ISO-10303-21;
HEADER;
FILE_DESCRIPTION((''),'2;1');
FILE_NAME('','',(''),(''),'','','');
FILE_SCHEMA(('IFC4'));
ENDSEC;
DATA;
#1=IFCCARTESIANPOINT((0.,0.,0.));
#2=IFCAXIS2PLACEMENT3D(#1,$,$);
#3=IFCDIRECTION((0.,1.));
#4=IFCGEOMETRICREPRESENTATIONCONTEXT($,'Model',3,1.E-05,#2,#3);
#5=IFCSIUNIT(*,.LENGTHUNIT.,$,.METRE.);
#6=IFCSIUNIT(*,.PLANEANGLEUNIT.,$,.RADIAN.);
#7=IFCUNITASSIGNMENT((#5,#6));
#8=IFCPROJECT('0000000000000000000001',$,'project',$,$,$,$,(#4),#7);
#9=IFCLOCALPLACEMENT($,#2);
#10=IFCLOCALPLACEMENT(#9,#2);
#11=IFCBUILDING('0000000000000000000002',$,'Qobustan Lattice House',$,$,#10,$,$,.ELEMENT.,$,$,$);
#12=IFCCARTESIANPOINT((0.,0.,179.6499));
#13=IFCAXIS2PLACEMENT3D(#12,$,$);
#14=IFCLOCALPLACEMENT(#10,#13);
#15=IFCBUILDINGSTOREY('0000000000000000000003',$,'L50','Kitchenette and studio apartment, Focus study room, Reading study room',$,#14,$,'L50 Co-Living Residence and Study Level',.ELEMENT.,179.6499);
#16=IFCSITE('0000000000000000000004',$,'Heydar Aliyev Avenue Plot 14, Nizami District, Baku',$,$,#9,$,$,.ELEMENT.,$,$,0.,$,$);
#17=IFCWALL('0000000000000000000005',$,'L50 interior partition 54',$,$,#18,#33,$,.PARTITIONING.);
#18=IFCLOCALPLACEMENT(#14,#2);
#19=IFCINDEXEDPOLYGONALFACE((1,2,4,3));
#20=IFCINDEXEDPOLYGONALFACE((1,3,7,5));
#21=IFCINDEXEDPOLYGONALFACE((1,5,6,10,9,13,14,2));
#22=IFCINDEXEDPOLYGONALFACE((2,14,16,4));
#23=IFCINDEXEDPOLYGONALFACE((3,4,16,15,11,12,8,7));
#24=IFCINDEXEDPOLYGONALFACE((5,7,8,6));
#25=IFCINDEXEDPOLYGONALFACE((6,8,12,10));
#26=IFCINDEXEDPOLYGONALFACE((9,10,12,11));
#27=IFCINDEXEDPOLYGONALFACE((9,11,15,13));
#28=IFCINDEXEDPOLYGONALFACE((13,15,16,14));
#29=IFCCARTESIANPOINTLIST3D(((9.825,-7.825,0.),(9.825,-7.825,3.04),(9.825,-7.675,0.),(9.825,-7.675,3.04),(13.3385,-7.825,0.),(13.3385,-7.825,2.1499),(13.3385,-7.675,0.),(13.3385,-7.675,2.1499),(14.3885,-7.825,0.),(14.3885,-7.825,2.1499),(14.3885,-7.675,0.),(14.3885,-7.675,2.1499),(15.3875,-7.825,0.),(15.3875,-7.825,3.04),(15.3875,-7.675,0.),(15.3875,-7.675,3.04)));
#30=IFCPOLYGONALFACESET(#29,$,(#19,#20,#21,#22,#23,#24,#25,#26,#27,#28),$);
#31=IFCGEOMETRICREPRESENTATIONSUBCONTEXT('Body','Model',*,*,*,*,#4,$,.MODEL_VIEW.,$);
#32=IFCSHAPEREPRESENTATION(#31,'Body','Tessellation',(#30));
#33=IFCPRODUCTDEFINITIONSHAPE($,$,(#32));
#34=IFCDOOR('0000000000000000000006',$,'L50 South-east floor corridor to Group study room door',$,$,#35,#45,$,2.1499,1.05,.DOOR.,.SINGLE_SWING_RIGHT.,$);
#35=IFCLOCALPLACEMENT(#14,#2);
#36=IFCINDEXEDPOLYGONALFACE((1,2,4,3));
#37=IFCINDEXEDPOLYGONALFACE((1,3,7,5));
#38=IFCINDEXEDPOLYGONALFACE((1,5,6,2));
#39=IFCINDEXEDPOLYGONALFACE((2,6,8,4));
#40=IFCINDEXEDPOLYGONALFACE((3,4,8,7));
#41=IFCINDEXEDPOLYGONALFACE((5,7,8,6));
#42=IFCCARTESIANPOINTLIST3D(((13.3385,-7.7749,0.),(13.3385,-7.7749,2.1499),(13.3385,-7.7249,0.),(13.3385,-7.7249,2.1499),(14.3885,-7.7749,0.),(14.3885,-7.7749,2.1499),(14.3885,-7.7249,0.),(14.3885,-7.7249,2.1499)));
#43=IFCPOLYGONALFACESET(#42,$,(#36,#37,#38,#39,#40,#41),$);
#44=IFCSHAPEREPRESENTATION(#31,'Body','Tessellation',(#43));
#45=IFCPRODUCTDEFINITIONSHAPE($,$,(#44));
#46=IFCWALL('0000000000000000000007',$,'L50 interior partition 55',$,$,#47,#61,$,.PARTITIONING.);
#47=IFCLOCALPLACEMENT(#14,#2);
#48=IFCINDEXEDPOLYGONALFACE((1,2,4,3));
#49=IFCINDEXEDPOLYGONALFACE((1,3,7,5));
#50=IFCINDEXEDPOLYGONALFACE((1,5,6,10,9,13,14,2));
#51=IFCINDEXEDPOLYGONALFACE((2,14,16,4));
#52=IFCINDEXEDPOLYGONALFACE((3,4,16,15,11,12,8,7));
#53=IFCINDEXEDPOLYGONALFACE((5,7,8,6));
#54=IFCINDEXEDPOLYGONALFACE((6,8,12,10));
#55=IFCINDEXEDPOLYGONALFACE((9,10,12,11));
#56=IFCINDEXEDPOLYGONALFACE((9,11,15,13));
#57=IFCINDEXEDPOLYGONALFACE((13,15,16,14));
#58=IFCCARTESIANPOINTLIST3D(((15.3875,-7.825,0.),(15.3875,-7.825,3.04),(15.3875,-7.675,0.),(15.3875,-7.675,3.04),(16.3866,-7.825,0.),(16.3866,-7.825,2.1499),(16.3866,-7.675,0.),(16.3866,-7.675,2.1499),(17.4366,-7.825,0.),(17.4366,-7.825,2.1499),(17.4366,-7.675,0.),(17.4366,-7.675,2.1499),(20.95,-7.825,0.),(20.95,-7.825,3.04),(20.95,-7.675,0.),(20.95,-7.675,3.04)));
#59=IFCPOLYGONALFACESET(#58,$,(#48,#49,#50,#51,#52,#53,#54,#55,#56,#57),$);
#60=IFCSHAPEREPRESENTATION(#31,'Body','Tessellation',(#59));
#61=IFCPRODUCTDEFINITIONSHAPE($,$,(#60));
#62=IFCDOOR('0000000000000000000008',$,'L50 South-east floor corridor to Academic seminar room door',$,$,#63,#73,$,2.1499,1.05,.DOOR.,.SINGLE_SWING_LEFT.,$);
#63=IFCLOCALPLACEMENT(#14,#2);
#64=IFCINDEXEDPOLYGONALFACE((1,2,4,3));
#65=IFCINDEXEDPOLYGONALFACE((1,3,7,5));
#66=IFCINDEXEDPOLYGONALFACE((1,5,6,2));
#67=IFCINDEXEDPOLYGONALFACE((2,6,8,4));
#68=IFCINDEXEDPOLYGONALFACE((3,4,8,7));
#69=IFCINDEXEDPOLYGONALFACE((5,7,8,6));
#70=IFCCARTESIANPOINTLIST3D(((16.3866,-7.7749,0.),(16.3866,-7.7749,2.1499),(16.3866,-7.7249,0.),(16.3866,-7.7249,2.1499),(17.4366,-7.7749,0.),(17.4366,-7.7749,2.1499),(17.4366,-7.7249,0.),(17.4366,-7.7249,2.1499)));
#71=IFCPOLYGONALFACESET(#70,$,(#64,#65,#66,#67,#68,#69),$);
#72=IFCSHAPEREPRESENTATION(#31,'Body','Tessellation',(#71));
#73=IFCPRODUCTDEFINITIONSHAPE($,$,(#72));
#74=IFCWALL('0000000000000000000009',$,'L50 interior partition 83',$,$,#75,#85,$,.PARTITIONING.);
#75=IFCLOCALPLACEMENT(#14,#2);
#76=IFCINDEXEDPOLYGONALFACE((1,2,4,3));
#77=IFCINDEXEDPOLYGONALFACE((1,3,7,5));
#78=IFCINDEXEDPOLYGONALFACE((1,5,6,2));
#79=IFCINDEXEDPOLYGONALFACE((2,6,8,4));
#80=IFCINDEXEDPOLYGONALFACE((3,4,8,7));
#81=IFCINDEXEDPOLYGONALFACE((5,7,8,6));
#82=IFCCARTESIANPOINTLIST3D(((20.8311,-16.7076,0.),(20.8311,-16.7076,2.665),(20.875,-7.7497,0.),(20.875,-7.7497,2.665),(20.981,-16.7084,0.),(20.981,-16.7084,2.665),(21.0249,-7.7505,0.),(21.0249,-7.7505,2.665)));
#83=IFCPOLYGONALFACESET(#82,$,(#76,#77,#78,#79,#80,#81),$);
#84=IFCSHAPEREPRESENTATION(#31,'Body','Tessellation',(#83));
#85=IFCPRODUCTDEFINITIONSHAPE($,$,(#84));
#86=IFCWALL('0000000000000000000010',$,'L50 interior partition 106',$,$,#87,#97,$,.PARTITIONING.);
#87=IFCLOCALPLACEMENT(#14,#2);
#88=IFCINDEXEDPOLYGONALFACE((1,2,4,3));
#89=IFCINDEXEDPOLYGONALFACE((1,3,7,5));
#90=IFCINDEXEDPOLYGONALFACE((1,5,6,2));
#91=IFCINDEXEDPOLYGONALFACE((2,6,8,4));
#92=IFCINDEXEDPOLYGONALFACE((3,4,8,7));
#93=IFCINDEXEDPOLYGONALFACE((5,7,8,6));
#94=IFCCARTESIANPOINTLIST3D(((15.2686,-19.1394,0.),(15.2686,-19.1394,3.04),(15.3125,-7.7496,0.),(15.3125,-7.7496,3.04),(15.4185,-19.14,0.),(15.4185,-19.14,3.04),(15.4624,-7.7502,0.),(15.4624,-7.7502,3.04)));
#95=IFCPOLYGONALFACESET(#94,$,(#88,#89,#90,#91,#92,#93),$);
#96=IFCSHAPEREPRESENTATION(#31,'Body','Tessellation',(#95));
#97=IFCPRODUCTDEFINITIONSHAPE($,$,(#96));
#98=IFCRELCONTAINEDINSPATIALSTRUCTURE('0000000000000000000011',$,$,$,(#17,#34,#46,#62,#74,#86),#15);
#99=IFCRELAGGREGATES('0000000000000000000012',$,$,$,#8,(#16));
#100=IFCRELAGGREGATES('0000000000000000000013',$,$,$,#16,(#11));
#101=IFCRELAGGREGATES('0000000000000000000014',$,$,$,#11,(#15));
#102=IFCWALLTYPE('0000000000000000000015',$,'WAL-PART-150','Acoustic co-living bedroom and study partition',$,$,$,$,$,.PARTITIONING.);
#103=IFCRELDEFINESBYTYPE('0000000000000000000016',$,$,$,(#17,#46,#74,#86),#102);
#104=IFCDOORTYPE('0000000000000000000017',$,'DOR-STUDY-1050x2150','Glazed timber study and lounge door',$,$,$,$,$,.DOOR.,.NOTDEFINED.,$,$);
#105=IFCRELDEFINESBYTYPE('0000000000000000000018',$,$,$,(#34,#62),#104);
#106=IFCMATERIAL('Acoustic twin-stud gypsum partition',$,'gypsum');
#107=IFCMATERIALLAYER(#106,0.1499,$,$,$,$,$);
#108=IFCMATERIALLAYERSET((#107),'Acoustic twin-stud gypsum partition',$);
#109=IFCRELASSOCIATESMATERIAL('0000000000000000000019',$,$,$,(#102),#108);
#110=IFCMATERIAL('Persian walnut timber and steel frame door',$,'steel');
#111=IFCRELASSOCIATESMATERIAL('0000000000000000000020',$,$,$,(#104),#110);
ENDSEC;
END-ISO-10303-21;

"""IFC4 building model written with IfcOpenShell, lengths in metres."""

from ifc_helpers import new_model, si_unit, direction, frame, frame_2d, origin, place, context, subcontext, project, spatial, rectangle, extrude, material, layer, layer_set, type_object, element, fill, save


model = new_model("IFC4")

# Units and contexts
model_context = context("Model", 3, precision=1e-05, world=origin(), true_north=direction((0.0, 1.0)))
body_context = subcontext(model_context, "Body", "Model", "MODEL_VIEW")
ifc_project = project(units=[si_unit("LENGTHUNIT", "METRE"), si_unit("PLANEANGLEUNIT", "RADIAN")], contexts=[model_context])

# Site, building, storey
site_placement = place(None, origin())
site = spatial("IfcSite", under=ifc_project, at=site_placement, Name="Heydar Aliyev Avenue Plot 14, Nizami District, Baku", CompositionType="ELEMENT", RefElevation=0.0)
building_placement = place(site_placement, origin())
building = spatial("IfcBuilding", under=site, at=building_placement, Name="Qobustan Lattice House", CompositionType="ELEMENT")
storey_placement = place(building_placement, frame((0.0, 0.0, 179.6499)))
storey = spatial("IfcBuildingStorey", under=building, at=storey_placement, Name="L50", Description="Kitchenette and studio apartment, Focus study room, Reading study room", LongName="L50 Co-Living Residence and Study Level", CompositionType="ELEMENT", Elevation=179.6499)

# Walls, openings, doors
ifc_material_1 = material(Name="Acoustic twin-stud gypsum partition", Category="gypsum")
ifc_layer_1 = layer(ifc_material_1, 0.1499)
ifc_layer_set_1 = layer_set([ifc_layer_1], Name="Acoustic twin-stud gypsum partition")
wall_type_1 = type_object("IfcWallType", Name="WAL-PART-150", Description="Acoustic co-living bedroom and study partition", PredefinedType="PARTITIONING", material=ifc_layer_set_1)
wall_1_placement = place(storey_placement, frame((15.3875, -7.75, 0.0), z_axis=(0.0, 0.0, 1.0), x_axis=(-1.0, 0.0, 0.0)))
wall_1 = element("IfcWall", 1, at=wall_1_placement, inside=storey, type_object=wall_type_1, Name="L50 interior partition 54", PredefinedType="PARTITIONING", context=body_context, shape_type="SweptSolid", body=[
    extrude(rectangle(XDim=5.5625, YDim=0.1499, at=frame_2d((2.7812, 0.0))), origin(), (0.0, 0.0, 1.0), 3.04),
])
opening_1_placement = place(wall_1_placement, frame((0.999, 0.0, 0.0)))
opening_1 = element("IfcOpeningElement", 2, at=opening_1_placement, cuts=wall_1, PredefinedType="OPENING", context=body_context, shape_type="SweptSolid", body=[
    extrude(rectangle(XDim=1.05, YDim=2.1499, at=frame_2d((0.5249, 1.075))), frame((0.0, 0.085, 0.0), z_axis=(0.0, -1.0, 0.0), x_axis=(1.0, 0.0, 0.0)), (0.0, 0.0, 1.0), 0.1699),
])
ifc_material_2 = material(Name="Persian walnut timber and steel frame door", Category="steel")
door_type = type_object("IfcDoorType", Name="DOR-STUDY-1050x2150", Description="Glazed timber study and lounge door", OperationType="NOTDEFINED", PredefinedType="DOOR", material=ifc_material_2)
door_1_placement = place(opening_1_placement, origin())
door_1 = element("IfcDoor", 3, at=door_1_placement, inside=storey, type_object=door_type, Name="L50 South-east floor corridor to Group study room door", OperationType="SINGLE_SWING_RIGHT", OverallHeight=2.1499, OverallWidth=1.05, PredefinedType="DOOR", context=body_context, shape_type="SweptSolid", body=[
    extrude(rectangle(XDim=1.05, YDim=2.1499, at=frame_2d((0.5249, 1.075))), frame((0.0, 0.0249, 0.0), z_axis=(0.0, -1.0, 0.0), x_axis=(1.0, 0.0, 0.0)), (0.0, 0.0, 1.0), 0.05),
])
fill(opening_1, door_1)
wall_2_placement = place(storey_placement, frame((20.95, -7.75, 0.0), z_axis=(0.0, 0.0, 1.0), x_axis=(-1.0, 0.0, 0.0)))
wall_2 = element("IfcWall", 4, at=wall_2_placement, inside=storey, type_object=wall_type_1, Name="L50 interior partition 55", PredefinedType="PARTITIONING", context=body_context, shape_type="SweptSolid", body=[
    extrude(rectangle(XDim=5.5625, YDim=0.1499, at=frame_2d((2.7812, 0.0))), origin(), (0.0, 0.0, 1.0), 3.04),
])
opening_2_placement = place(wall_2_placement, frame((3.5134, 0.0, 0.0)))
opening_2 = element("IfcOpeningElement", 5, at=opening_2_placement, cuts=wall_2, PredefinedType="OPENING", context=body_context, shape_type="SweptSolid", body=[
    extrude(rectangle(XDim=1.05, YDim=2.1499, at=frame_2d((0.5249, 1.075))), frame((0.0, 0.085, 0.0), z_axis=(0.0, -1.0, 0.0), x_axis=(1.0, 0.0, 0.0)), (0.0, 0.0, 1.0), 0.1699),
])
door_2_placement = place(opening_2_placement, origin())
door_2 = element("IfcDoor", 6, at=door_2_placement, inside=storey, type_object=door_type, Name="L50 South-east floor corridor to Academic seminar room door", OperationType="SINGLE_SWING_LEFT", OverallHeight=2.1499, OverallWidth=1.05, PredefinedType="DOOR", context=body_context, shape_type="SweptSolid", body=[
    extrude(rectangle(XDim=1.05, YDim=2.1499, at=frame_2d((0.5249, 1.075))), frame((0.0, 0.0249, 0.0), z_axis=(0.0, -1.0, 0.0), x_axis=(1.0, 0.0, 0.0)), (0.0, 0.0, 1.0), 0.05),
])
fill(opening_2, door_2)

# Walls
wall_3_placement = place(storey_placement, frame((20.906, -16.708, 0.0), z_axis=(0.0, 0.0, 1.0), x_axis=(0.004906, 0.999988, 0.0)))
element("IfcWall", 7, at=wall_3_placement, inside=storey, type_object=wall_type_1, Name="L50 interior partition 83", PredefinedType="PARTITIONING", context=body_context, shape_type="SweptSolid", body=[
    extrude(rectangle(XDim=8.958, YDim=0.1499, at=frame_2d((4.479, 0.0))), origin(), (0.0, 0.0, 1.0), 2.665),
])
wall_4_placement = place(storey_placement, frame((15.3875, -7.75, 0.0), z_axis=(0.0, 0.0, 1.0), x_axis=(-0.003858, -0.999993, 0.0)))
element("IfcWall", 8, at=wall_4_placement, inside=storey, type_object=wall_type_1, Name="L50 interior partition 106", PredefinedType="PARTITIONING", context=body_context, shape_type="SweptSolid", body=[
    extrude(rectangle(XDim=11.3899, YDim=0.1499, at=frame_2d((5.6948, 0.0))), origin(), (0.0, 0.0, 1.0), 3.04),
])

save(model, "model.ifc")
